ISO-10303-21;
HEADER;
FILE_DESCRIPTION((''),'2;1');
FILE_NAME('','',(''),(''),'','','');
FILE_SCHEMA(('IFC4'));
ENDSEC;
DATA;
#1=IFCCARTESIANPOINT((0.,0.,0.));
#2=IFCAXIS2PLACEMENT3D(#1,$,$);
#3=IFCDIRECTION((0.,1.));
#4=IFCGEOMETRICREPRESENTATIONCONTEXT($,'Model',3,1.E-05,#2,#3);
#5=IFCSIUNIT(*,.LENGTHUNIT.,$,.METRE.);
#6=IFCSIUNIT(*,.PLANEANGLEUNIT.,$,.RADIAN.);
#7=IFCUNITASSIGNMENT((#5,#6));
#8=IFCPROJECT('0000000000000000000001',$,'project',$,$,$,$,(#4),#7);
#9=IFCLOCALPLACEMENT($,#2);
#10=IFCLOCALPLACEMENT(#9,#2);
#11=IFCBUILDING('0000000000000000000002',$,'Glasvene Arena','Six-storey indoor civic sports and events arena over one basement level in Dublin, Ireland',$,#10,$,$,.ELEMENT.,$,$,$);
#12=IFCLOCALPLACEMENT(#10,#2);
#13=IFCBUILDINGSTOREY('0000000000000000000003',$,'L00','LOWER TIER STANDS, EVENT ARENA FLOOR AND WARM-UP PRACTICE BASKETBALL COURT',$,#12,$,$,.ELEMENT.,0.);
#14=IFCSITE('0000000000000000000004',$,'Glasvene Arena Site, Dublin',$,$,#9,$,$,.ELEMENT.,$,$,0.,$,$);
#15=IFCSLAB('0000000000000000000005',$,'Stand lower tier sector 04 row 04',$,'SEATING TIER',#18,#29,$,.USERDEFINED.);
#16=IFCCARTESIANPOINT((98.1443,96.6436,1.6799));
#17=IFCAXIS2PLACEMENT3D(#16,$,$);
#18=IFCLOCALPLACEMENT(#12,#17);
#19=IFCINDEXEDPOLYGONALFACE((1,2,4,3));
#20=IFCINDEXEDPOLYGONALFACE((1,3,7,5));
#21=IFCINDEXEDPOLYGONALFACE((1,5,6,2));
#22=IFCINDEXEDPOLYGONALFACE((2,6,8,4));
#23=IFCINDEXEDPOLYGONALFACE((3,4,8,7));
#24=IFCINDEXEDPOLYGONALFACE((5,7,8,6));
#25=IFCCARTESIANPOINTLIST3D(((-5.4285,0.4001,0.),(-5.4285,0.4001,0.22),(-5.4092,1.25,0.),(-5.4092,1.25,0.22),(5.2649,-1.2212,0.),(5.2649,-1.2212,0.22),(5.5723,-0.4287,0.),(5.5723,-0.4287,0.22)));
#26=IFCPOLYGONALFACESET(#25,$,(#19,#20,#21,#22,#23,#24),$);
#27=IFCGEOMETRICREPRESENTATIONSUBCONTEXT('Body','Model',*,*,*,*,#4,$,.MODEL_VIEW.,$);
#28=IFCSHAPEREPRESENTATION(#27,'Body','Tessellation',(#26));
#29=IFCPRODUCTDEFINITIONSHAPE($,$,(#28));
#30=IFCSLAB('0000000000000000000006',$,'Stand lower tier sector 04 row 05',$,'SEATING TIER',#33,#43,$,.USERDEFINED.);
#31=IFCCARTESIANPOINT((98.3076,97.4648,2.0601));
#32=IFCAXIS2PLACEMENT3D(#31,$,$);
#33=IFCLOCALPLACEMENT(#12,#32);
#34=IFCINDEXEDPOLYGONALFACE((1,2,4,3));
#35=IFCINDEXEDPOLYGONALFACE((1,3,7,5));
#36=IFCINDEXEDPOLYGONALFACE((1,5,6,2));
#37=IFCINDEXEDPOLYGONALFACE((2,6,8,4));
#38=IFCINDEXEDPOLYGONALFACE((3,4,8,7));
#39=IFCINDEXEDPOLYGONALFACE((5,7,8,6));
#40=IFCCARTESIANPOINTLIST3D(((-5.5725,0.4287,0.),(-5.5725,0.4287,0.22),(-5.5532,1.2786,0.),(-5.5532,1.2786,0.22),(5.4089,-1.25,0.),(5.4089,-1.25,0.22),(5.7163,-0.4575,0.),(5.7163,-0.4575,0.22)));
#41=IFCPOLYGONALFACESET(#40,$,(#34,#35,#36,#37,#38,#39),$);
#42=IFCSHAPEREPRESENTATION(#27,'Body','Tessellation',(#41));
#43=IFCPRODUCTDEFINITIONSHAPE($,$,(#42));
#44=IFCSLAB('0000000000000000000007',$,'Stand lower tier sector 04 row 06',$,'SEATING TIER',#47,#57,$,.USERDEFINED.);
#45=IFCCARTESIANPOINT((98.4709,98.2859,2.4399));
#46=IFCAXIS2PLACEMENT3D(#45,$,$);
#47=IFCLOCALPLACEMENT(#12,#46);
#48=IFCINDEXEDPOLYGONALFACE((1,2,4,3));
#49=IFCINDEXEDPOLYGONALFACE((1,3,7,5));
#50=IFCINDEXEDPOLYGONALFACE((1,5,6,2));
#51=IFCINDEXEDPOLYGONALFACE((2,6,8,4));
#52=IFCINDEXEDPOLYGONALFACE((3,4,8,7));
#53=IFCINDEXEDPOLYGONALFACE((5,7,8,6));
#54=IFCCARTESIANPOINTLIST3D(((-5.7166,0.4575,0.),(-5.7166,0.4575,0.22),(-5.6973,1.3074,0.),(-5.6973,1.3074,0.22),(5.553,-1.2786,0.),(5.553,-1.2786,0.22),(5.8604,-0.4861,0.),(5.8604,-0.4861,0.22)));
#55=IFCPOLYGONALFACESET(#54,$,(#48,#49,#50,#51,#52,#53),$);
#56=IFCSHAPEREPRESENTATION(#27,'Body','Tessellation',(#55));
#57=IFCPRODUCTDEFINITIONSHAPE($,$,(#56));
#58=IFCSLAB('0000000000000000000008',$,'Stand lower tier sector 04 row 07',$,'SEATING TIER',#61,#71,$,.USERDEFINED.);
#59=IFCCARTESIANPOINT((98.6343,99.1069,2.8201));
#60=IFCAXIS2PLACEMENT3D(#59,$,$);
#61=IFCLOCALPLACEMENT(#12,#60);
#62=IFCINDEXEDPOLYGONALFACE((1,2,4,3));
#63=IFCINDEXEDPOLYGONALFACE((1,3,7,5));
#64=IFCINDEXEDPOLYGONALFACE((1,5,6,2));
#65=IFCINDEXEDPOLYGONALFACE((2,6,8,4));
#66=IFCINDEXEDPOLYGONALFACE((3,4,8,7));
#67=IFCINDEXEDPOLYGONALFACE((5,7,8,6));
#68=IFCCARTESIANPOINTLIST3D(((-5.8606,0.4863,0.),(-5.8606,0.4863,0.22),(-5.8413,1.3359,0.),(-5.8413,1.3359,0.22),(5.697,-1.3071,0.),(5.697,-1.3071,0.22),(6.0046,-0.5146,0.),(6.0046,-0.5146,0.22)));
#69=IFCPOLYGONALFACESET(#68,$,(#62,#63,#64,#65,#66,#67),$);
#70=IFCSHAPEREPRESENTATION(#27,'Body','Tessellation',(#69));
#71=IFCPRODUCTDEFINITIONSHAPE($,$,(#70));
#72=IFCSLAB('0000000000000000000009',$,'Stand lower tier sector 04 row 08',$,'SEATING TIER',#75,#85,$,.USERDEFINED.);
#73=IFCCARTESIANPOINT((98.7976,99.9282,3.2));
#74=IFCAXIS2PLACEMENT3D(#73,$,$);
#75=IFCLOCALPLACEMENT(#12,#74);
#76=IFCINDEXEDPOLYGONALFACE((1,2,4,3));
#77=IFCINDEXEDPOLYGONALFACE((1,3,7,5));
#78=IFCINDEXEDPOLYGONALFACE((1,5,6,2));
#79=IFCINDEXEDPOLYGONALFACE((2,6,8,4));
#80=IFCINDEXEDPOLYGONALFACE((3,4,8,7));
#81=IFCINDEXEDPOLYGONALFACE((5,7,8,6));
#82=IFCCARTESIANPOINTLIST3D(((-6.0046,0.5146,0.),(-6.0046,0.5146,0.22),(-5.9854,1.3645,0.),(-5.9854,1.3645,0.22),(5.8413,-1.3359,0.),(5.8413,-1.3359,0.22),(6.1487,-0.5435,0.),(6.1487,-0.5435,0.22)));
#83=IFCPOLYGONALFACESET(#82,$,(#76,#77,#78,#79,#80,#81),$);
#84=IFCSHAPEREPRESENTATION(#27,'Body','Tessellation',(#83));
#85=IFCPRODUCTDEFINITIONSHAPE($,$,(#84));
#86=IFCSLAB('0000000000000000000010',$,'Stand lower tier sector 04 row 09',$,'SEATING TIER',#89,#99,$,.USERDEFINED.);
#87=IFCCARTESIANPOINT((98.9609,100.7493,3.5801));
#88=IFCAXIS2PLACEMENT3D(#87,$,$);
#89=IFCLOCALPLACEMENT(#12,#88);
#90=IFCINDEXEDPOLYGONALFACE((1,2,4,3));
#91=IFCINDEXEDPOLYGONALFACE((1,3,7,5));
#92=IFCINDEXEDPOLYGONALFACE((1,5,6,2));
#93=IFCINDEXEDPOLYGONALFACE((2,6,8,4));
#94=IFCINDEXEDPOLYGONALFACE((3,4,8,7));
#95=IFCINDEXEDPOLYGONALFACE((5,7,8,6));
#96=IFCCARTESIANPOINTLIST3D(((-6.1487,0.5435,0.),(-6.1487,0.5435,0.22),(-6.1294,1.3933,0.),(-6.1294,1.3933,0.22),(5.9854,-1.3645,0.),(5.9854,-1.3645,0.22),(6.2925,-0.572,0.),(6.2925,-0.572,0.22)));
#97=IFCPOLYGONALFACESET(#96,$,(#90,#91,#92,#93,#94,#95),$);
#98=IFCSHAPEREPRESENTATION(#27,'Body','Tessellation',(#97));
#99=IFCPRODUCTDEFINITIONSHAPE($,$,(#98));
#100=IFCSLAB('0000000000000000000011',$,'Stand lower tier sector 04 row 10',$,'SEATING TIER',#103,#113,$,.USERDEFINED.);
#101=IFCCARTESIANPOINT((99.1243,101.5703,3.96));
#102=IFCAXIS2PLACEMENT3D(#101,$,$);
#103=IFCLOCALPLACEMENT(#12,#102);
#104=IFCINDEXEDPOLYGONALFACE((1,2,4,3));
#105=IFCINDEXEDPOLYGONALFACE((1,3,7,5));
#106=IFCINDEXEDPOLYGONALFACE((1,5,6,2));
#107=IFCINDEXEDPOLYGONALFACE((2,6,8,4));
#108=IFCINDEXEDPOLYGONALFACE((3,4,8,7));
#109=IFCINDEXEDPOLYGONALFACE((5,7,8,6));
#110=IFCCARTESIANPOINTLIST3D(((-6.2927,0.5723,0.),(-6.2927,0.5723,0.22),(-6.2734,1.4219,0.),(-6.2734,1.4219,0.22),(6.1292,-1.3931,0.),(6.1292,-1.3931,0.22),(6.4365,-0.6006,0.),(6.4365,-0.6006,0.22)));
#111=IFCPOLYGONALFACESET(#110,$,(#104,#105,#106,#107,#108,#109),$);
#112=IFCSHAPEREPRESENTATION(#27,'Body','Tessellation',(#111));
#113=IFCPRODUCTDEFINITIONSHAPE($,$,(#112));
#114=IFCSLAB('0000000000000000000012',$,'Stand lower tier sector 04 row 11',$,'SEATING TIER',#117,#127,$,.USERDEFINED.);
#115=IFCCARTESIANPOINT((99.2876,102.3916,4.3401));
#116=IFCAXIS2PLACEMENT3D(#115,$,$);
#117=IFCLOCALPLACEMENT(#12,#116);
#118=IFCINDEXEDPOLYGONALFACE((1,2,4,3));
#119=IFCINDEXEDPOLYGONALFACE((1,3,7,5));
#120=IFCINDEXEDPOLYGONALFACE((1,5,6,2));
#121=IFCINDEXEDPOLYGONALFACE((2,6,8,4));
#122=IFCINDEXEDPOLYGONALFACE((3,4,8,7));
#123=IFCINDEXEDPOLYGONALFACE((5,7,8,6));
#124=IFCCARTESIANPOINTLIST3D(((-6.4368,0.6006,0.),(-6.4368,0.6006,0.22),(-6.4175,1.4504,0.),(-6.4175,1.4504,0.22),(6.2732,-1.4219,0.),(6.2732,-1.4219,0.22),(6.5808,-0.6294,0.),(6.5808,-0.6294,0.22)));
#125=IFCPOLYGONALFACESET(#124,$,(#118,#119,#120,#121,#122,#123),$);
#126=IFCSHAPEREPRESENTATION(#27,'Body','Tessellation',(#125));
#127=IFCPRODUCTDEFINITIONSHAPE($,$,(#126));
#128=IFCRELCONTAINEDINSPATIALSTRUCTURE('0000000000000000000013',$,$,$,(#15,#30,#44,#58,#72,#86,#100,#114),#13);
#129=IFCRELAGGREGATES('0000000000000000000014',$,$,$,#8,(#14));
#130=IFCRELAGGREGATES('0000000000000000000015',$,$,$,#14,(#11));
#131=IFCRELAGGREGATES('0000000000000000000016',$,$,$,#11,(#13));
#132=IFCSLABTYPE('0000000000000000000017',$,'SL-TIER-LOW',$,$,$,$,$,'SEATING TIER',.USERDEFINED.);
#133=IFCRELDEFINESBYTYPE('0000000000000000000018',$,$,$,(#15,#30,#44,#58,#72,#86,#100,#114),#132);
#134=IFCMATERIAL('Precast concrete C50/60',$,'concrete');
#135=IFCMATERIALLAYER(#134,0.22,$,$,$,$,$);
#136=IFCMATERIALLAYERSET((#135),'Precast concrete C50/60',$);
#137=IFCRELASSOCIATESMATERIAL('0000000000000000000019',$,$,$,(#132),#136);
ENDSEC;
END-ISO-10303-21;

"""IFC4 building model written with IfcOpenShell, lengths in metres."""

from ifc_helpers import new_model, si_unit, direction, frame, origin, place, context, subcontext, project, spatial, polyline, outline, extrude, material, layer, layer_set, type_object, element, save


model = new_model("IFC4")

# Units and contexts
model_context = context("Model", 3, precision=1e-05, world=origin(), true_north=direction((0.0, 1.0)))
body_context = subcontext(model_context, "Body", "Model", "MODEL_VIEW")
ifc_project = project(units=[si_unit("LENGTHUNIT", "METRE"), si_unit("PLANEANGLEUNIT", "RADIAN")], contexts=[model_context])

# Site, building, storey
site_placement = place(None, origin())
site = spatial("IfcSite", under=ifc_project, at=site_placement, Name="Glasvene Arena Site, Dublin", CompositionType="ELEMENT", RefElevation=0.0)
building_placement = place(site_placement, origin())
building = spatial("IfcBuilding", under=site, at=building_placement, Name="Glasvene Arena", Description="Six-storey indoor civic sports and events arena over one basement level in Dublin, Ireland", CompositionType="ELEMENT")
storey_placement = place(building_placement, origin())
storey = spatial("IfcBuildingStorey", under=building, at=storey_placement, Name="L00", Description="LOWER TIER STANDS, EVENT ARENA FLOOR AND WARM-UP PRACTICE BASKETBALL COURT", CompositionType="ELEMENT", Elevation=0.0)

# Shared definitions
ifc_material = material(Name="Precast concrete C50/60", Category="concrete")

# Slabs
ifc_layer = layer(ifc_material, 0.22)
ifc_layer_set = layer_set([ifc_layer], Name="Precast concrete C50/60")
slab_type = type_object("IfcSlabType", Name="SL-TIER-LOW", ElementType="SEATING TIER", PredefinedType="USERDEFINED", material=ifc_layer_set)
slab_1_placement = place(storey_placement, frame((98.1443, 96.6436, 1.6799)))
element("IfcSlab", 1, at=slab_1_placement, inside=storey, type_object=slab_type, Name="Stand lower tier sector 04 row 04", ObjectType="SEATING TIER", PredefinedType="USERDEFINED", context=body_context, shape_type="SweptSolid", body=[
    extrude(outline(polyline([(5.2649, -1.2212), (-5.4285, 0.4001), (-5.4092, 1.25), (5.5723, -0.4287), (5.2649, -1.2212)])), origin(), (0.0, 0.0, 1.0), 0.22),
])
slab_2_placement = place(storey_placement, frame((98.3076, 97.4648, 2.0601)))
element("IfcSlab", 2, at=slab_2_placement, inside=storey, type_object=slab_type, Name="Stand lower tier sector 04 row 05", ObjectType="SEATING TIER", PredefinedType="USERDEFINED", context=body_context, shape_type="SweptSolid", body=[
    extrude(outline(polyline([(5.4089, -1.25), (-5.5725, 0.4287), (-5.5532, 1.2786), (5.7163, -0.4575), (5.4089, -1.25)])), origin(), (0.0, 0.0, 1.0), 0.22),
])
slab_3_placement = place(storey_placement, frame((98.4709, 98.2859, 2.4399)))
element("IfcSlab", 3, at=slab_3_placement, inside=storey, type_object=slab_type, Name="Stand lower tier sector 04 row 06", ObjectType="SEATING TIER", PredefinedType="USERDEFINED", context=body_context, shape_type="SweptSolid", body=[
    extrude(outline(polyline([(5.553, -1.2786), (-5.7166, 0.4575), (-5.6973, 1.3074), (5.8604, -0.4861), (5.553, -1.2786)])), origin(), (0.0, 0.0, 1.0), 0.22),
])
slab_4_placement = place(storey_placement, frame((98.6343, 99.1069, 2.8201)))
element("IfcSlab", 4, at=slab_4_placement, inside=storey, type_object=slab_type, Name="Stand lower tier sector 04 row 07", ObjectType="SEATING TIER", PredefinedType="USERDEFINED", context=body_context, shape_type="SweptSolid", body=[
    extrude(outline(polyline([(5.697, -1.3071), (-5.8606, 0.4863), (-5.8413, 1.3359), (6.0046, -0.5146), (5.697, -1.3071)])), origin(), (0.0, 0.0, 1.0), 0.22),
])
slab_5_placement = place(storey_placement, frame((98.7976, 99.9282, 3.2)))
element("IfcSlab", 5, at=slab_5_placement, inside=storey, type_object=slab_type, Name="Stand lower tier sector 04 row 08", ObjectType="SEATING TIER", PredefinedType="USERDEFINED", context=body_context, shape_type="SweptSolid", body=[
    extrude(outline(polyline([(5.8413, -1.3359), (-6.0046, 0.5146), (-5.9854, 1.3645), (6.1487, -0.5435), (5.8413, -1.3359)])), origin(), (0.0, 0.0, 1.0), 0.22),
])
slab_6_placement = place(storey_placement, frame((98.9609, 100.7493, 3.5801)))
element("IfcSlab", 6, at=slab_6_placement, inside=storey, type_object=slab_type, Name="Stand lower tier sector 04 row 09", ObjectType="SEATING TIER", PredefinedType="USERDEFINED", context=body_context, shape_type="SweptSolid", body=[
    extrude(outline(polyline([(5.9854, -1.3645), (-6.1487, 0.5435), (-6.1294, 1.3933), (6.2925, -0.572), (5.9854, -1.3645)])), origin(), (0.0, 0.0, 1.0), 0.22),
])
slab_7_placement = place(storey_placement, frame((99.1243, 101.5703, 3.96)))
element("IfcSlab", 7, at=slab_7_placement, inside=storey, type_object=slab_type, Name="Stand lower tier sector 04 row 10", ObjectType="SEATING TIER", PredefinedType="USERDEFINED", context=body_context, shape_type="SweptSolid", body=[
    extrude(outline(polyline([(6.1292, -1.3931), (-6.2927, 0.5723), (-6.2734, 1.4219), (6.4365, -0.6006), (6.1292, -1.3931)])), origin(), (0.0, 0.0, 1.0), 0.22),
])
slab_8_placement = place(storey_placement, frame((99.2876, 102.3916, 4.3401)))
element("IfcSlab", 8, at=slab_8_placement, inside=storey, type_object=slab_type, Name="Stand lower tier sector 04 row 11", ObjectType="SEATING TIER", PredefinedType="USERDEFINED", context=body_context, shape_type="SweptSolid", body=[
    extrude(outline(polyline([(6.2732, -1.4219), (-6.4368, 0.6006), (-6.4175, 1.4504), (6.5808, -0.6294), (6.2732, -1.4219)])), origin(), (0.0, 0.0, 1.0), 0.22),
])

save(model, "model.ifc")
